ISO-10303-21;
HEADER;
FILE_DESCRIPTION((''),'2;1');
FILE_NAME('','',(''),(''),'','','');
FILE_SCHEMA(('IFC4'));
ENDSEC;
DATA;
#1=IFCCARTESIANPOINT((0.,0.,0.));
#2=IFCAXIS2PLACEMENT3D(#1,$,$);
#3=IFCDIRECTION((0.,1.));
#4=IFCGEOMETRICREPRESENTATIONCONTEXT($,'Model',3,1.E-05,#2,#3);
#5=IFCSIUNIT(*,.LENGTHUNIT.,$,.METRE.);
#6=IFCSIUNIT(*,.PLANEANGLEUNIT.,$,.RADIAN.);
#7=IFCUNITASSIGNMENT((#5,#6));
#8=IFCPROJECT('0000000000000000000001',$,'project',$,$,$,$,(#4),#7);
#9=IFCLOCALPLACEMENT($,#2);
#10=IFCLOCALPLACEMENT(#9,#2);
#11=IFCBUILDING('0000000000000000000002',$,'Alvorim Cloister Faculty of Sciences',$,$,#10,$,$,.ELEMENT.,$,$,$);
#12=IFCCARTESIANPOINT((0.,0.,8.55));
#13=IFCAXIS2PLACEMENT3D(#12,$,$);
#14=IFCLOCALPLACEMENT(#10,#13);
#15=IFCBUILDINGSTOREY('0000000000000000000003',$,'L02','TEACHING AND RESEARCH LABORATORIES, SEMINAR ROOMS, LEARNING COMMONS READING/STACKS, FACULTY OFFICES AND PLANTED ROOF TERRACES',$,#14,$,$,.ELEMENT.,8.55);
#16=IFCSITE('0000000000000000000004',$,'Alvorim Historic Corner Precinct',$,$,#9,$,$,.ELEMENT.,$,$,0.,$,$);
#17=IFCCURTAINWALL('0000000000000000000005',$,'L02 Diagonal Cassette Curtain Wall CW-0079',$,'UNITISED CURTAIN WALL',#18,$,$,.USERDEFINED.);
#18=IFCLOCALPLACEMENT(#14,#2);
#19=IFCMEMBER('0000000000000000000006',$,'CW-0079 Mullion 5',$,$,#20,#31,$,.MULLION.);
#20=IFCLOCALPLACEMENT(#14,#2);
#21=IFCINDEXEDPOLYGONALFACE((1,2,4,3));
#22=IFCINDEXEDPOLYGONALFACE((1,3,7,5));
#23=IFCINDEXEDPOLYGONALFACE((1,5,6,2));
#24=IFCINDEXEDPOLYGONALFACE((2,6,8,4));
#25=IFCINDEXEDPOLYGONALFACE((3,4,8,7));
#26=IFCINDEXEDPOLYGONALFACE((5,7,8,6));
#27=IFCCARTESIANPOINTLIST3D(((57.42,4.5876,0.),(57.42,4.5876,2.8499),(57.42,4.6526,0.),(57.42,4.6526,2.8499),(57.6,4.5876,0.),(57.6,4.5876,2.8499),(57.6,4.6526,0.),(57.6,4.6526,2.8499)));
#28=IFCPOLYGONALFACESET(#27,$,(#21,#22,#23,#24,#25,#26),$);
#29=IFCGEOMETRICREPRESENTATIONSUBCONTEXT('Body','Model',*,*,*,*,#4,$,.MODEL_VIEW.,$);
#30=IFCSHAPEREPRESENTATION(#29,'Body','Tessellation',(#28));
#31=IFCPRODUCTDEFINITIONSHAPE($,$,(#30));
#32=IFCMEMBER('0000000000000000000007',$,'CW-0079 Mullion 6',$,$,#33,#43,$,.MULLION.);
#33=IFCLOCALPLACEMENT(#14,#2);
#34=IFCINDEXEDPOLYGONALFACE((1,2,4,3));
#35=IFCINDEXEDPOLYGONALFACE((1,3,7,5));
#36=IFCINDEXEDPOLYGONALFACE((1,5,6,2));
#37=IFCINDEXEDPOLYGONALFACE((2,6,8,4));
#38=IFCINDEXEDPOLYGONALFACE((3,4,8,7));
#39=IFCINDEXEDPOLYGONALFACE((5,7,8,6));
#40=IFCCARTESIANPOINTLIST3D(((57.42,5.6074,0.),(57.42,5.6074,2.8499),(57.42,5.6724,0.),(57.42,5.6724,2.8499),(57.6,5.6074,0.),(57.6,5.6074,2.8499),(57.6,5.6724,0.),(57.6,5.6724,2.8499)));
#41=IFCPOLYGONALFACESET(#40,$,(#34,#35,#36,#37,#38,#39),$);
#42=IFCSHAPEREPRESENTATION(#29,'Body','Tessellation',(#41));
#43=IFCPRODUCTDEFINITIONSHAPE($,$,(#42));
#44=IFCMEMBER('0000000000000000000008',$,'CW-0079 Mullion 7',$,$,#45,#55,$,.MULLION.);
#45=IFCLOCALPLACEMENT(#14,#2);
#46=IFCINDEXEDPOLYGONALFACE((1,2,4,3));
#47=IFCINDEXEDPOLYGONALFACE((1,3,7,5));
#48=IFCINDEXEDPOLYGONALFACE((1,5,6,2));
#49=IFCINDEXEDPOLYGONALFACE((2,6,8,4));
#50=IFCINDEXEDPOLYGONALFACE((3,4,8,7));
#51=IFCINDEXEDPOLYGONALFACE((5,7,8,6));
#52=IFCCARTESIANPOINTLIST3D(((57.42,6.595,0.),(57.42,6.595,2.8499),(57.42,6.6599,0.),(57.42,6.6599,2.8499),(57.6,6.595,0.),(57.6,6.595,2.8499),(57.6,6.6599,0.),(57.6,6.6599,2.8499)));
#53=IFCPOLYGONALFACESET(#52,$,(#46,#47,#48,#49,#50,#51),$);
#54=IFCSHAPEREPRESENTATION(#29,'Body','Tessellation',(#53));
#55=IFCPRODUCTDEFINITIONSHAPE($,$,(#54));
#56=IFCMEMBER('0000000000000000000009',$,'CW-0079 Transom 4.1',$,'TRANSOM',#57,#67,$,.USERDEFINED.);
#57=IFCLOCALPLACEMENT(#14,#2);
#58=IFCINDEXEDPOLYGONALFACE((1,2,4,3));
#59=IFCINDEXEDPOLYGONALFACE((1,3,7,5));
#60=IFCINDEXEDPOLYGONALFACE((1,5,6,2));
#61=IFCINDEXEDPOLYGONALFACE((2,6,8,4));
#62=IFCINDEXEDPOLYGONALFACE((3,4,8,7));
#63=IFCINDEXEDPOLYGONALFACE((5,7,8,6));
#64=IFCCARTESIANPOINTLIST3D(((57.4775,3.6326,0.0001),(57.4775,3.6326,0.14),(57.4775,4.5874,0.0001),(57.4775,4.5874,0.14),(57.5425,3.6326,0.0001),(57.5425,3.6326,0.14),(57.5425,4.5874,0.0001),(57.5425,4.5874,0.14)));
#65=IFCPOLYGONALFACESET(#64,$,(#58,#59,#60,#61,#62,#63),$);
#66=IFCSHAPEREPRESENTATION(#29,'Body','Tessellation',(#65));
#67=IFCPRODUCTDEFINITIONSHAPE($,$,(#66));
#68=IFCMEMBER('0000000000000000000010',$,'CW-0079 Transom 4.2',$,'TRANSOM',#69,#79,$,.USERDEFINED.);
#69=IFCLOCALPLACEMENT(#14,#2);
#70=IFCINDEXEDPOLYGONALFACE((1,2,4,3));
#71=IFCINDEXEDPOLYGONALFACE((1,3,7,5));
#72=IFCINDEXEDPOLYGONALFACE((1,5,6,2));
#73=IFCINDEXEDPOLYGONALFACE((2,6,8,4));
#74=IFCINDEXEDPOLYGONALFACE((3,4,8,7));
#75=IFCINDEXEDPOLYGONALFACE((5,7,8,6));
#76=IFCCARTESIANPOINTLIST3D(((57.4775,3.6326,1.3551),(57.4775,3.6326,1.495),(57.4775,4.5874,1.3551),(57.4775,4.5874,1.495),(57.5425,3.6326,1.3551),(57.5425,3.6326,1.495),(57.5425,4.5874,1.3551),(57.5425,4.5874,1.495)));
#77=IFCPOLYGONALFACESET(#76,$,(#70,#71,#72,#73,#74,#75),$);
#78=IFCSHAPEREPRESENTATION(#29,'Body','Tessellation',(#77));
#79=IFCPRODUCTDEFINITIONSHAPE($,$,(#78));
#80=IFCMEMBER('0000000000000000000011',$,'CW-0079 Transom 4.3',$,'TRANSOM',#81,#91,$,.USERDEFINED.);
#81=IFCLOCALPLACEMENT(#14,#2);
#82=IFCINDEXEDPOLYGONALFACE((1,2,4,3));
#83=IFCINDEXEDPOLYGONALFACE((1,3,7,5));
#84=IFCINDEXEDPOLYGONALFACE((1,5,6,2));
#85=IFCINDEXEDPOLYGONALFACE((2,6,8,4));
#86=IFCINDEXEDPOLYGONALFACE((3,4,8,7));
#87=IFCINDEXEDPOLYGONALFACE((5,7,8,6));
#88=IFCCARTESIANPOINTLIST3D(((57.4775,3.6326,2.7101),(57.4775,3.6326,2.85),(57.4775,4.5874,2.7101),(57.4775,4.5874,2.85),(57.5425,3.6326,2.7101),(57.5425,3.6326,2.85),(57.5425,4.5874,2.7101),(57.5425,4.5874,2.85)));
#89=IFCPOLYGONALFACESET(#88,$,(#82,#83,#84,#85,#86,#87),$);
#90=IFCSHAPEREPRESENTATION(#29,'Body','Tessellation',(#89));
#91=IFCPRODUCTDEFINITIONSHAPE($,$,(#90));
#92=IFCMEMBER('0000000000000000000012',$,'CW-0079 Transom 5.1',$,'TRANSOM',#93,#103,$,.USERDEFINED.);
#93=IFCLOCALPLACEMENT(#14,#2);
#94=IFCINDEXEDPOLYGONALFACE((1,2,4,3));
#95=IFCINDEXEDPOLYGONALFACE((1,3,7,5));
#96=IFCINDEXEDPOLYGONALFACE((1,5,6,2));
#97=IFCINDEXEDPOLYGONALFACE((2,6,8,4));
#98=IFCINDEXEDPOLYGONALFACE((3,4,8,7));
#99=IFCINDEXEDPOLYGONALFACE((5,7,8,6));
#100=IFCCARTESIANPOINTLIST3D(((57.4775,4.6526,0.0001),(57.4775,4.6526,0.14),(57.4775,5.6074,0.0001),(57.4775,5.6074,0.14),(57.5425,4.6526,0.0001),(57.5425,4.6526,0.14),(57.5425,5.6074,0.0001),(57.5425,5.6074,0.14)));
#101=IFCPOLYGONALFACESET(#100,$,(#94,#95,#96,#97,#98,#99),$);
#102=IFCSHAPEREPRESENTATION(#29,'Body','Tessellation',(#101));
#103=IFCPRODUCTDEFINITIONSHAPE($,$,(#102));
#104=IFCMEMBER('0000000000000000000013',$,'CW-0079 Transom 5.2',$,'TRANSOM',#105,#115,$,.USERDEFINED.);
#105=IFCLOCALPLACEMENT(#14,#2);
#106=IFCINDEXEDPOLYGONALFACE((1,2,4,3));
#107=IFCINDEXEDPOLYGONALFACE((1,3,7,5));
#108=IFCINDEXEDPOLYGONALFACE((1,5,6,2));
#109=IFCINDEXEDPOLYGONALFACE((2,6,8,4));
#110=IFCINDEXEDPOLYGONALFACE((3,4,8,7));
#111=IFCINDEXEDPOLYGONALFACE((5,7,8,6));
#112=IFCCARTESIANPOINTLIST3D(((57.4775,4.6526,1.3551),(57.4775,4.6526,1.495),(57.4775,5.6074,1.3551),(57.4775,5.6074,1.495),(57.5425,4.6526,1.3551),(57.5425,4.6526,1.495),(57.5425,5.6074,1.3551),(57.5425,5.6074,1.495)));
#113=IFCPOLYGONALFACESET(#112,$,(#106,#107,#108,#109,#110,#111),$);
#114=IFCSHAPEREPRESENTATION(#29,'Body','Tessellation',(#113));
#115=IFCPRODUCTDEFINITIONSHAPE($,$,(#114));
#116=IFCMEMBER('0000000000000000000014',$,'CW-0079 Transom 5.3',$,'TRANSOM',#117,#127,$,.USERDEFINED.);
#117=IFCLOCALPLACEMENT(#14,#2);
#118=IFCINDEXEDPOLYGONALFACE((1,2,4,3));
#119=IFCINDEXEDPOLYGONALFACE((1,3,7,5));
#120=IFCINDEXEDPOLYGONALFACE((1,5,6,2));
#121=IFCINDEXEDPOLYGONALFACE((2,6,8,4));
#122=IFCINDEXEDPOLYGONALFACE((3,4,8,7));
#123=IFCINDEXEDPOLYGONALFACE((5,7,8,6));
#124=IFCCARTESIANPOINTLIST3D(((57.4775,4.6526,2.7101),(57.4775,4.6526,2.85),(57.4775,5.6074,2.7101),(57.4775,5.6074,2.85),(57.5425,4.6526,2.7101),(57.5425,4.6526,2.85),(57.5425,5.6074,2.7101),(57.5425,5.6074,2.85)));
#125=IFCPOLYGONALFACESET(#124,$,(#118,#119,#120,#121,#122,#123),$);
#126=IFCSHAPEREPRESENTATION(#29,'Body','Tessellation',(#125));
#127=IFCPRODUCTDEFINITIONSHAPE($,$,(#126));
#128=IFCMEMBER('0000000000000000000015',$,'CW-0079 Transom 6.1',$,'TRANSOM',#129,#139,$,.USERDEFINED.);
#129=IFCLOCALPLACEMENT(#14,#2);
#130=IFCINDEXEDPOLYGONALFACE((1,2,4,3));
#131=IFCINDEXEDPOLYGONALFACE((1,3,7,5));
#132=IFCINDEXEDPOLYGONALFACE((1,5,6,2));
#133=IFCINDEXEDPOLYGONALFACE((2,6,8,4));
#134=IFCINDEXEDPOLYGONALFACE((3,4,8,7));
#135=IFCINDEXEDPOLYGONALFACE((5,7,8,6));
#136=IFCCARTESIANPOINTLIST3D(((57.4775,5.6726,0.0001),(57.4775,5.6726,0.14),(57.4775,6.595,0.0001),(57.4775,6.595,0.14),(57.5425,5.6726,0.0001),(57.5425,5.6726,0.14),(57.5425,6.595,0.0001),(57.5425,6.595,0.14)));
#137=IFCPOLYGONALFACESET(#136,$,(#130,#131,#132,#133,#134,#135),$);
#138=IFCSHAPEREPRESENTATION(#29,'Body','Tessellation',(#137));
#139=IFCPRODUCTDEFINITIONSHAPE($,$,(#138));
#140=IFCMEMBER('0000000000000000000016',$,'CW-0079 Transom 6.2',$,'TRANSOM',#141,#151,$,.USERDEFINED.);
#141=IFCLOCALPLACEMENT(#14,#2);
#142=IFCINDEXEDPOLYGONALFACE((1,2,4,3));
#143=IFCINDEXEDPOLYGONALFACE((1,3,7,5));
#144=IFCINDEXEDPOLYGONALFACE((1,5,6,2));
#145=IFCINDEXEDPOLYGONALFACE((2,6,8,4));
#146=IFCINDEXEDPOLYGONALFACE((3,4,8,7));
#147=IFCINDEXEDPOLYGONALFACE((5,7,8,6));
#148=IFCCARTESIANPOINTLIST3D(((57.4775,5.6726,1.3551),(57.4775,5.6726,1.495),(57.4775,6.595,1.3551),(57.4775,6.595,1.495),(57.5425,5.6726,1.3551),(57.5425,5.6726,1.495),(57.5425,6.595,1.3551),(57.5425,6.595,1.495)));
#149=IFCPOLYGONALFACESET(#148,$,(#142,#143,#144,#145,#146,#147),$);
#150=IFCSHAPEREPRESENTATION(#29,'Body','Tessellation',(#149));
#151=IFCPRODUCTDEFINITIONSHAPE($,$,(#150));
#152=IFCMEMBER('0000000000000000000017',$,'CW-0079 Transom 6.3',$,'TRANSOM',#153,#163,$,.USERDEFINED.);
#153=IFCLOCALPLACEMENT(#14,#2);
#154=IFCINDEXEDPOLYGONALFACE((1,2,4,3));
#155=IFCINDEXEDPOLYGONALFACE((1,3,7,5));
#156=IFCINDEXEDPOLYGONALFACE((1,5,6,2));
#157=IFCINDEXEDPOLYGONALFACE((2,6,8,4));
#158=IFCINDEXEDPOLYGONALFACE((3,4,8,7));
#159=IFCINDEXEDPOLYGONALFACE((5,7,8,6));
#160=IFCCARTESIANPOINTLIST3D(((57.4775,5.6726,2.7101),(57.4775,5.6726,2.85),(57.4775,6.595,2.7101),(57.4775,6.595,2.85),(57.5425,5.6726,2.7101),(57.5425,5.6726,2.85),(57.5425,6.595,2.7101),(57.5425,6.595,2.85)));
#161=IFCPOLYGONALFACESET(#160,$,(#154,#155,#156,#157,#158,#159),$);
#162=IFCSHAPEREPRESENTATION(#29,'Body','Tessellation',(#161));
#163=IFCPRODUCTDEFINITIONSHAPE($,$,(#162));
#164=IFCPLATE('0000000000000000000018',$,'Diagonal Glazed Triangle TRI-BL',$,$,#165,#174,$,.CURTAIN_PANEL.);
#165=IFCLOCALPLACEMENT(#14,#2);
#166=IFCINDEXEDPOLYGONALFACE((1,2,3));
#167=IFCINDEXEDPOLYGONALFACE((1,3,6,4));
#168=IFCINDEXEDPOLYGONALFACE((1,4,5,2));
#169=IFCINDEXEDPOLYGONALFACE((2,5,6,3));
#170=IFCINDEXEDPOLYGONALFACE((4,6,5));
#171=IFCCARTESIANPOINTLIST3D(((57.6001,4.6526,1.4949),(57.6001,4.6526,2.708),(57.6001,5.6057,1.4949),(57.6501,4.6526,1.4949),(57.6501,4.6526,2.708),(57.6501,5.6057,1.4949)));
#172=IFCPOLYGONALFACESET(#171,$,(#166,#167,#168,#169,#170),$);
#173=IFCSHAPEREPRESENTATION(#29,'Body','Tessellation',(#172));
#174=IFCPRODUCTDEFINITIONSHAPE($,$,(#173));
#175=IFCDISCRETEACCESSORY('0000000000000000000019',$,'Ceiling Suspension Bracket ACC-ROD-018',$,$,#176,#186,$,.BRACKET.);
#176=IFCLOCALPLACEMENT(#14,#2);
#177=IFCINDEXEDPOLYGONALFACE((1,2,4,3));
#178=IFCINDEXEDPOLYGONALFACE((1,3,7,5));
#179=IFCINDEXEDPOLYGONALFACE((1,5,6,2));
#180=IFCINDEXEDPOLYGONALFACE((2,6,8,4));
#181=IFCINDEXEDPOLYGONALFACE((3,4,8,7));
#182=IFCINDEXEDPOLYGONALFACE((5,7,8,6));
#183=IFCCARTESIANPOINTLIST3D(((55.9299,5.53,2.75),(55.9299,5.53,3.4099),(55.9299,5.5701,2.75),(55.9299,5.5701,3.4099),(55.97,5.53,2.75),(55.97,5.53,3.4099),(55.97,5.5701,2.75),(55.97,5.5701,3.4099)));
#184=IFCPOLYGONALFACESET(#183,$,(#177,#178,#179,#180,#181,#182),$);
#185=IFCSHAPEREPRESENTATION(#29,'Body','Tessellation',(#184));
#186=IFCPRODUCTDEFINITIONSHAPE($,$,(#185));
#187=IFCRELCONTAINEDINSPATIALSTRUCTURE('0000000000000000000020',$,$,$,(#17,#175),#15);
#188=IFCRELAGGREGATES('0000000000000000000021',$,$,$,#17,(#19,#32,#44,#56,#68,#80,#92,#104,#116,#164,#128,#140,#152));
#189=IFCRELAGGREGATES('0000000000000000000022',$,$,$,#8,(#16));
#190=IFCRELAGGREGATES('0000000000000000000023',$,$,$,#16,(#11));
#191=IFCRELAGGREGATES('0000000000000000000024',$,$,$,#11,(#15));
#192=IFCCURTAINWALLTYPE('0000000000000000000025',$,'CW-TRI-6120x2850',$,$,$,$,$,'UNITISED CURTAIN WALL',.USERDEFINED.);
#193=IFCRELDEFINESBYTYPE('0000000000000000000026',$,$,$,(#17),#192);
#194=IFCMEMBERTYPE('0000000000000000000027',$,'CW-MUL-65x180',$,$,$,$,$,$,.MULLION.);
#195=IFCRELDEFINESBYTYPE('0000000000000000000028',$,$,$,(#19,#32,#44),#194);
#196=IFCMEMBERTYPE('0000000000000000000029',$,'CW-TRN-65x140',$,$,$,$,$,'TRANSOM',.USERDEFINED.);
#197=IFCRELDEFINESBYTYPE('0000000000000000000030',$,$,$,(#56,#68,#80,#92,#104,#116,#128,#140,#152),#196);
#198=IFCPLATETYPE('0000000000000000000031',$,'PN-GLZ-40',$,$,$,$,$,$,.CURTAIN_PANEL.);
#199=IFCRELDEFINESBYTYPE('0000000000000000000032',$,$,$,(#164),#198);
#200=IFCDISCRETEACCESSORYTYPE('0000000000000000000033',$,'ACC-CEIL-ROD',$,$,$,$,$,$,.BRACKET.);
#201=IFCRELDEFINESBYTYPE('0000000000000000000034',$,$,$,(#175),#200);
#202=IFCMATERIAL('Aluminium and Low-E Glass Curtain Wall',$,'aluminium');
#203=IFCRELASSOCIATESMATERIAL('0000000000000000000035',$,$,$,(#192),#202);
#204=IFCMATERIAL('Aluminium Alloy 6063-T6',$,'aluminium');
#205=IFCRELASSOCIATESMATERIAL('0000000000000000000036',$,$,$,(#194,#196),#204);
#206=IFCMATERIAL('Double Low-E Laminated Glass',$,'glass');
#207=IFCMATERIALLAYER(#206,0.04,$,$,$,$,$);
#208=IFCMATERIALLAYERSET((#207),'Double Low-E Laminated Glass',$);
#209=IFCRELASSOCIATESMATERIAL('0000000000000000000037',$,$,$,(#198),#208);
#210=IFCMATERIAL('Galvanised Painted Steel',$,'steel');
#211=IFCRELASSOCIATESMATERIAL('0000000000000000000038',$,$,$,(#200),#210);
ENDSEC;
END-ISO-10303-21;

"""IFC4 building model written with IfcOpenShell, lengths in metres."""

from ifc_helpers import new_model, si_unit, direction, frame, origin, origin_2d, place, context, subcontext, project, spatial, polyline, rectangle, outline, extrude, material, layer, layer_set, material_profile, profile_set, type_object, element, aggregate, save


model = new_model("IFC4")

# Units and contexts
model_context = context("Model", 3, precision=1e-05, world=origin(), true_north=direction((0.0, 1.0)))
body_context = subcontext(model_context, "Body", "Model", "MODEL_VIEW")
ifc_project = project(units=[si_unit("LENGTHUNIT", "METRE"), si_unit("PLANEANGLEUNIT", "RADIAN")], contexts=[model_context])

# Site, building, storey
site_placement = place(None, origin())
site = spatial("IfcSite", under=ifc_project, at=site_placement, Name="Alvorim Historic Corner Precinct", CompositionType="ELEMENT", RefElevation=0.0)
building_placement = place(site_placement, origin())
building = spatial("IfcBuilding", under=site, at=building_placement, Name="Alvorim Cloister Faculty of Sciences", CompositionType="ELEMENT")
storey_placement = place(building_placement, frame((0.0, 0.0, 8.55)))
storey = spatial("IfcBuildingStorey", under=building, at=storey_placement, Name="L02", Description="TEACHING AND RESEARCH LABORATORIES, SEMINAR ROOMS, LEARNING COMMONS READING/STACKS, FACULTY OFFICES AND PLANTED ROOF TERRACES", CompositionType="ELEMENT", Elevation=8.55)

# Curtain wall, members, plate
ifc_material_1 = material(Name="Aluminium and Low-E Glass Curtain Wall", Category="aluminium")
curtain_wall_type = type_object("IfcCurtainWallType", Name="CW-TRI-6120x2850", ElementType="UNITISED CURTAIN WALL", PredefinedType="USERDEFINED", material=ifc_material_1)
curtain_wall_placement = place(storey_placement, origin())
curtain_wall = element("IfcCurtainWall", 1, at=curtain_wall_placement, inside=storey, type_object=curtain_wall_type, Name="L02 Diagonal Cassette Curtain Wall CW-0079", ObjectType="UNITISED CURTAIN WALL", PredefinedType="USERDEFINED")
ifc_material_2 = material(Name="Aluminium Alloy 6063-T6", Category="aluminium")
ifc_material_profile_1 = material_profile(ifc_material_2, rectangle(XDim=0.0649, YDim=0.1799, at=origin_2d()), Name="ALU-MUL-65x180")
ifc_profile_set_1 = profile_set([ifc_material_profile_1], Name="Aluminium Alloy 6063-T6")
member_type_1 = type_object("IfcMemberType", Name="CW-MUL-65x180", PredefinedType="MULLION", material=ifc_profile_set_1)
member_1_placement = place(storey_placement, frame((57.51, 4.6201, 0.0), z_axis=(0.0, 0.0, 1.0), x_axis=(0.0, 1.0, 0.0)))
member_1 = element("IfcMember", 2, at=member_1_placement, type_object=member_type_1, Name="CW-0079 Mullion 5", PredefinedType="MULLION", context=body_context, shape_type="SweptSolid", body=[
    extrude(rectangle(XDim=0.0649, YDim=0.1799, at=origin_2d()), origin(), (0.0, 0.0, 1.0), 2.8499),
])
member_2_placement = place(storey_placement, frame((57.51, 5.6399, 0.0), z_axis=(0.0, 0.0, 1.0), x_axis=(0.0, 1.0, 0.0)))
member_2 = element("IfcMember", 3, at=member_2_placement, type_object=member_type_1, Name="CW-0079 Mullion 6", PredefinedType="MULLION", context=body_context, shape_type="SweptSolid", body=[
    extrude(rectangle(XDim=0.0649, YDim=0.1799, at=origin_2d()), origin(), (0.0, 0.0, 1.0), 2.8499),
])
member_3_placement = place(storey_placement, frame((57.51, 6.6274, 0.0), z_axis=(0.0, 0.0, 1.0), x_axis=(0.0, 1.0, 0.0)))
member_3 = element("IfcMember", 4, at=member_3_placement, type_object=member_type_1, Name="CW-0079 Mullion 7", PredefinedType="MULLION", context=body_context, shape_type="SweptSolid", body=[
    extrude(rectangle(XDim=0.0649, YDim=0.1799, at=origin_2d()), origin(), (0.0, 0.0, 1.0), 2.8499),
])
ifc_material_profile_2 = material_profile(ifc_material_2, rectangle(XDim=0.0649, YDim=0.1399, at=origin_2d()), Name="ALU-TRN-65x140")
ifc_profile_set_2 = profile_set([ifc_material_profile_2], Name="Aluminium Alloy 6063-T6")
member_type_2 = type_object("IfcMemberType", Name="CW-TRN-65x140", ElementType="TRANSOM", PredefinedType="USERDEFINED", material=ifc_profile_set_2)
member_4_placement = place(storey_placement, frame((57.51, 3.6326, 0.0701), z_axis=(0.0, 1.0, 0.0), x_axis=(-1.0, 0.0, 0.0)))
member_4 = element("IfcMember", 5, at=member_4_placement, type_object=member_type_2, Name="CW-0079 Transom 4.1", ObjectType="TRANSOM", PredefinedType="USERDEFINED", context=body_context, shape_type="SweptSolid", body=[
    extrude(rectangle(XDim=0.0649, YDim=0.1399, at=origin_2d()), origin(), (0.0, 0.0, 1.0), 0.9548),
])
member_5_placement = place(storey_placement, frame((57.51, 3.6326, 1.425), z_axis=(0.0, 1.0, 0.0), x_axis=(-1.0, 0.0, 0.0)))
member_5 = element("IfcMember", 6, at=member_5_placement, type_object=member_type_2, Name="CW-0079 Transom 4.2", ObjectType="TRANSOM", PredefinedType="USERDEFINED", context=body_context, shape_type="SweptSolid", body=[
    extrude(rectangle(XDim=0.0649, YDim=0.1399, at=origin_2d()), origin(), (0.0, 0.0, 1.0), 0.9548),
])
member_6_placement = place(storey_placement, frame((57.51, 3.6326, 2.78), z_axis=(0.0, 1.0, 0.0), x_axis=(-1.0, 0.0, 0.0)))
member_6 = element("IfcMember", 7, at=member_6_placement, type_object=member_type_2, Name="CW-0079 Transom 4.3", ObjectType="TRANSOM", PredefinedType="USERDEFINED", context=body_context, shape_type="SweptSolid", body=[
    extrude(rectangle(XDim=0.0649, YDim=0.1399, at=origin_2d()), origin(), (0.0, 0.0, 1.0), 0.9548),
])
member_7_placement = place(storey_placement, frame((57.51, 4.6526, 0.0701), z_axis=(0.0, 1.0, 0.0), x_axis=(-1.0, 0.0, 0.0)))
member_7 = element("IfcMember", 8, at=member_7_placement, type_object=member_type_2, Name="CW-0079 Transom 5.1", ObjectType="TRANSOM", PredefinedType="USERDEFINED", context=body_context, shape_type="SweptSolid", body=[
    extrude(rectangle(XDim=0.0649, YDim=0.1399, at=origin_2d()), origin(), (0.0, 0.0, 1.0), 0.9548),
])
member_8_placement = place(storey_placement, frame((57.51, 4.6526, 1.425), z_axis=(0.0, 1.0, 0.0), x_axis=(-1.0, 0.0, 0.0)))
member_8 = element("IfcMember", 9, at=member_8_placement, type_object=member_type_2, Name="CW-0079 Transom 5.2", ObjectType="TRANSOM", PredefinedType="USERDEFINED", context=body_context, shape_type="SweptSolid", body=[
    extrude(rectangle(XDim=0.0649, YDim=0.1399, at=origin_2d()), origin(), (0.0, 0.0, 1.0), 0.9548),
])
member_9_placement = place(storey_placement, frame((57.51, 4.6526, 2.78), z_axis=(0.0, 1.0, 0.0), x_axis=(-1.0, 0.0, 0.0)))
member_9 = element("IfcMember", 10, at=member_9_placement, type_object=member_type_2, Name="CW-0079 Transom 5.3", ObjectType="TRANSOM", PredefinedType="USERDEFINED", context=body_context, shape_type="SweptSolid", body=[
    extrude(rectangle(XDim=0.0649, YDim=0.1399, at=origin_2d()), origin(), (0.0, 0.0, 1.0), 0.9548),
])
member_10_placement = place(storey_placement, frame((57.51, 5.6726, 0.0701), z_axis=(0.0, 1.0, 0.0), x_axis=(-1.0, 0.0, 0.0)))
member_10 = element("IfcMember", 11, at=member_10_placement, type_object=member_type_2, Name="CW-0079 Transom 6.1", ObjectType="TRANSOM", PredefinedType="USERDEFINED", context=body_context, shape_type="SweptSolid", body=[
    extrude(rectangle(XDim=0.0649, YDim=0.1399, at=origin_2d()), origin(), (0.0, 0.0, 1.0), 0.9224),
])
member_11_placement = place(storey_placement, frame((57.51, 5.6726, 1.425), z_axis=(0.0, 1.0, 0.0), x_axis=(-1.0, 0.0, 0.0)))
member_11 = element("IfcMember", 12, at=member_11_placement, type_object=member_type_2, Name="CW-0079 Transom 6.2", ObjectType="TRANSOM", PredefinedType="USERDEFINED", context=body_context, shape_type="SweptSolid", body=[
    extrude(rectangle(XDim=0.0649, YDim=0.1399, at=origin_2d()), origin(), (0.0, 0.0, 1.0), 0.9224),
])
member_12_placement = place(storey_placement, frame((57.51, 5.6726, 2.78), z_axis=(0.0, 1.0, 0.0), x_axis=(-1.0, 0.0, 0.0)))
member_12 = element("IfcMember", 13, at=member_12_placement, type_object=member_type_2, Name="CW-0079 Transom 6.3", ObjectType="TRANSOM", PredefinedType="USERDEFINED", context=body_context, shape_type="SweptSolid", body=[
    extrude(rectangle(XDim=0.0649, YDim=0.1399, at=origin_2d()), origin(), (0.0, 0.0, 1.0), 0.9224),
])
ifc_material_3 = material(Name="Double Low-E Laminated Glass", Category="glass")
ifc_layer = layer(ifc_material_3, 0.04)
ifc_layer_set = layer_set([ifc_layer], Name="Double Low-E Laminated Glass")
plate_type = type_object("IfcPlateType", Name="PN-GLZ-40", PredefinedType="CURTAIN_PANEL", material=ifc_layer_set)
plate_1_placement = place(storey_placement, frame((57.625, 4.6526, 1.4949), z_axis=(0.0, 0.0, 1.0), x_axis=(0.0, 1.0, 0.0)))
plate_1 = element("IfcPlate", 14, at=plate_1_placement, type_object=plate_type, Name="Diagonal Glazed Triangle TRI-BL", PredefinedType="CURTAIN_PANEL", context=body_context, shape_type="SweptSolid", body=[
    extrude(outline(polyline([(0.0, 0.0), (0.9531, 0.0), (0.0, 1.2131), (0.0, 0.0)])), frame((0.0, 0.0249, 0.0), z_axis=(0.0, -1.0, 0.0), x_axis=(1.0, 0.0, 0.0)), (0.0, 0.0, 1.0), 0.05),
])
aggregate(curtain_wall, [member_1, member_2, member_3, member_4, member_5, member_6, member_7, member_8, member_9, plate_1, member_10, member_11, member_12])

# Discrete accessory
ifc_material_4 = material(Name="Galvanised Painted Steel", Category="steel")
discrete_accessory_type_1 = type_object("IfcDiscreteAccessoryType", Name="ACC-CEIL-ROD", PredefinedType="BRACKET", material=ifc_material_4)
discrete_accessory_placement = place(storey_placement, frame((55.95, 5.55, 2.75), z_axis=(0.0, 0.0, 1.0), x_axis=(1.0, 0.0, 0.0)))
element("IfcDiscreteAccessory", 15, at=discrete_accessory_placement, inside=storey, type_object=discrete_accessory_type_1, Name="Ceiling Suspension Bracket ACC-ROD-018", PredefinedType="BRACKET", context=body_context, shape_type="SweptSolid", body=[
    extrude(rectangle(XDim=0.04, YDim=0.04, at=origin_2d()), origin(), (0.0, 0.0, 1.0), 0.6599),
])

save(model, "model.ifc")
